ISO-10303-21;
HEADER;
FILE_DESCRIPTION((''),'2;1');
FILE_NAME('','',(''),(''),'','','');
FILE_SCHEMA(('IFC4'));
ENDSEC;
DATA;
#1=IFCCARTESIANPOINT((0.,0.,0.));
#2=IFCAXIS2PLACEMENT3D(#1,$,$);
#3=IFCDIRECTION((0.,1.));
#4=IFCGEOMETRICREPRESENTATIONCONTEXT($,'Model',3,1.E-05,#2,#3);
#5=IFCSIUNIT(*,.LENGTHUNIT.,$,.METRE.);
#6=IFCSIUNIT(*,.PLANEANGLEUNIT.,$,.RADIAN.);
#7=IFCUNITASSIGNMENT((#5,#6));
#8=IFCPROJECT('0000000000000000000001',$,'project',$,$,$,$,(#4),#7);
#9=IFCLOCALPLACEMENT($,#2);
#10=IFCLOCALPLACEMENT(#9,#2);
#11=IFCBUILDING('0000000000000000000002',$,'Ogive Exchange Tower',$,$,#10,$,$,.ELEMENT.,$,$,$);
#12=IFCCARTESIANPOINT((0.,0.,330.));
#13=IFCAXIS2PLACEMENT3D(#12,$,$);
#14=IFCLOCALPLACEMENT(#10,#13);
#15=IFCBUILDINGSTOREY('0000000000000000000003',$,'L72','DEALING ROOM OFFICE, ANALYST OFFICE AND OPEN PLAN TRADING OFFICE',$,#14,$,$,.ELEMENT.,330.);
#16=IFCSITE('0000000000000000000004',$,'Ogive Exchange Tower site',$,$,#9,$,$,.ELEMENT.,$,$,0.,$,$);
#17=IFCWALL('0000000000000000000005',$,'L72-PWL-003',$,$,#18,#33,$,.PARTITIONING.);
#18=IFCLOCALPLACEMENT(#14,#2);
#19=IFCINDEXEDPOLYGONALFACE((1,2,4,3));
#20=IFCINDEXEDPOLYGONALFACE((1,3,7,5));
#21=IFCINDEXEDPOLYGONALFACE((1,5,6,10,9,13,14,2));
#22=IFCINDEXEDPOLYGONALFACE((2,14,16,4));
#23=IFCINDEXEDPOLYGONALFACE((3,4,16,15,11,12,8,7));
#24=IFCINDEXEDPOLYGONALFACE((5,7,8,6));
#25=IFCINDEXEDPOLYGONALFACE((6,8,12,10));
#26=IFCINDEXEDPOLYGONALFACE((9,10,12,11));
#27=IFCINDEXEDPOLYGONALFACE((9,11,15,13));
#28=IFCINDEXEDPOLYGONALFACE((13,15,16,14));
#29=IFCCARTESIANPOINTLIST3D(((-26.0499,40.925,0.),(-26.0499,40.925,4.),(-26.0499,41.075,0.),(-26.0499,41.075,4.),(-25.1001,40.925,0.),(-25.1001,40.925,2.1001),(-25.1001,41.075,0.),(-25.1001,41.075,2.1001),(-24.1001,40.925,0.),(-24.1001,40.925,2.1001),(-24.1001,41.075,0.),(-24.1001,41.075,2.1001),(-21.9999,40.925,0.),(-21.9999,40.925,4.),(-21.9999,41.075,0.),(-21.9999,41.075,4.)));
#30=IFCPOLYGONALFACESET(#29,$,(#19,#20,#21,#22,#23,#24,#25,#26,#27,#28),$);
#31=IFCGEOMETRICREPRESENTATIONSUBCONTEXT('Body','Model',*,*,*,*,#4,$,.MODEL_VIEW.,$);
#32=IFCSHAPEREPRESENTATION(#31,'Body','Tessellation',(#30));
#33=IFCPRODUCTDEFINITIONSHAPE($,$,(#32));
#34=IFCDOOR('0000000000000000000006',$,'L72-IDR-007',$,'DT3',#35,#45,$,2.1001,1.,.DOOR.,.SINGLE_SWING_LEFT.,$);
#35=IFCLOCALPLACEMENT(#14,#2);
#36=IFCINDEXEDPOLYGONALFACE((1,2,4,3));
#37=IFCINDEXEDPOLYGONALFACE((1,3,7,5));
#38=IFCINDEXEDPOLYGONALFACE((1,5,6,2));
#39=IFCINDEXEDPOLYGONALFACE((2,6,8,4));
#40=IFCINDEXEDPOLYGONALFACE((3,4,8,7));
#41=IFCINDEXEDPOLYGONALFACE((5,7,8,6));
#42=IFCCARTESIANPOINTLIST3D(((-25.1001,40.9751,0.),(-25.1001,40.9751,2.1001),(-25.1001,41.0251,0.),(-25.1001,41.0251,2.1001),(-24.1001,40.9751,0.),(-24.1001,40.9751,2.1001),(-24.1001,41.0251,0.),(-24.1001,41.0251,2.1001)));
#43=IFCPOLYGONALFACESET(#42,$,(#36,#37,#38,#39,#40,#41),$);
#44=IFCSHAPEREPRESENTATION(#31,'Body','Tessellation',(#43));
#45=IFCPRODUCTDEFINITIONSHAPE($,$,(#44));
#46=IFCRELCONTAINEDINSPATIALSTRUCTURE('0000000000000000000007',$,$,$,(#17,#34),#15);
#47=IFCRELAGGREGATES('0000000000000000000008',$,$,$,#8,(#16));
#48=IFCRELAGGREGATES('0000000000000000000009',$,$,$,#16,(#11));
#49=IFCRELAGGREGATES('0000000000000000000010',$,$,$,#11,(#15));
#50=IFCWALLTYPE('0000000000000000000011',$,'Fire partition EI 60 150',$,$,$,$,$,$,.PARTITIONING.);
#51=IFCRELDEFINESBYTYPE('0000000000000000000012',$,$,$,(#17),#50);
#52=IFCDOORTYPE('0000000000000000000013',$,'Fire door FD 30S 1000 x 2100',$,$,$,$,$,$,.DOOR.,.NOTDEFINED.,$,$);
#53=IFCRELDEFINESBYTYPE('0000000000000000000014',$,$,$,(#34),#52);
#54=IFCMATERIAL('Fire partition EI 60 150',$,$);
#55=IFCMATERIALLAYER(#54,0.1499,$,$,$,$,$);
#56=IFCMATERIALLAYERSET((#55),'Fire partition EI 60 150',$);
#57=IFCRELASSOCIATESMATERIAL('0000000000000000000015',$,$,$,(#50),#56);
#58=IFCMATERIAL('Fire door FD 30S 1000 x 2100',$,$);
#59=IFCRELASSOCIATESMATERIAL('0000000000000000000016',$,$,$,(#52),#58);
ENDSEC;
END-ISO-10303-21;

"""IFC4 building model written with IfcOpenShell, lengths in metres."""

from ifc_helpers import new_model, si_unit, direction, frame, frame_2d, origin, place, context, subcontext, project, spatial, rectangle, extrude, material, layer, layer_set, type_object, element, fill, save


model = new_model("IFC4")

# Units and contexts
model_context = context("Model", 3, precision=1e-05, world=origin(), true_north=direction((0.0, 1.0)))
body_context = subcontext(model_context, "Body", "Model", "MODEL_VIEW")
ifc_project = project(units=[si_unit("LENGTHUNIT", "METRE"), si_unit("PLANEANGLEUNIT", "RADIAN")], contexts=[model_context])

# Site, building, storey
site_placement = place(None, origin())
site = spatial("IfcSite", under=ifc_project, at=site_placement, Name="Ogive Exchange Tower site", CompositionType="ELEMENT", RefElevation=0.0)
building_placement = place(site_placement, origin())
building = spatial("IfcBuilding", under=site, at=building_placement, Name="Ogive Exchange Tower", CompositionType="ELEMENT")
storey_placement = place(building_placement, frame((0.0, 0.0, 330.0)))
storey = spatial("IfcBuildingStorey", under=building, at=storey_placement, Name="L72", Description="DEALING ROOM OFFICE, ANALYST OFFICE AND OPEN PLAN TRADING OFFICE", CompositionType="ELEMENT", Elevation=330.0)

# Wall, opening, door
ifc_material_1 = material(Name="Fire partition EI 60 150")
ifc_layer_1 = layer(ifc_material_1, 0.1499)
ifc_layer_set_1 = layer_set([ifc_layer_1], Name="Fire partition EI 60 150")
wall_type_1 = type_object("IfcWallType", Name="Fire partition EI 60 150", PredefinedType="PARTITIONING", material=ifc_layer_set_1)
ifc_material_2 = material(Name="Fire door FD 30S 1000 x 2100")
door_type_1 = type_object("IfcDoorType", Name="Fire door FD 30S 1000 x 2100", OperationType="NOTDEFINED", PredefinedType="DOOR", material=ifc_material_2)
wall_1_placement = place(storey_placement, frame((-22.0, 41.0, 0.0), z_axis=(0.0, 0.0, 1.0), x_axis=(-1.0, 0.0, 0.0)))
wall_1 = element("IfcWall", 1, at=wall_1_placement, inside=storey, type_object=wall_type_1, Name="L72-PWL-003", PredefinedType="PARTITIONING", context=body_context, shape_type="SweptSolid", body=[
    extrude(rectangle(XDim=4.05, YDim=0.1499, at=frame_2d((2.0249, 0.0))), origin(), (0.0, 0.0, 1.0), 4.0),
])
opening_1_placement = place(wall_1_placement, frame((2.1001, 0.0, 0.0)))
opening_1 = element("IfcOpeningElement", 2, at=opening_1_placement, cuts=wall_1, PredefinedType="OPENING", context=body_context, shape_type="SweptSolid", body=[
    extrude(rectangle(XDim=1.0, YDim=2.1001, at=frame_2d((0.5, 1.05))), frame((0.0, 0.085, 0.0), z_axis=(0.0, -1.0, 0.0), x_axis=(1.0, 0.0, 0.0)), (0.0, 0.0, 1.0), 0.1699),
])
door_1_placement = place(opening_1_placement, origin())
door_1 = element("IfcDoor", 3, at=door_1_placement, inside=storey, type_object=door_type_1, Name="L72-IDR-007", ObjectType="DT3", OperationType="SINGLE_SWING_LEFT", OverallHeight=2.1001, OverallWidth=1.0, PredefinedType="DOOR", context=body_context, shape_type="SweptSolid", body=[
    extrude(rectangle(XDim=1.0, YDim=2.1001, at=frame_2d((0.5, 1.05))), frame((0.0, 0.0249, 0.0), z_axis=(0.0, -1.0, 0.0), x_axis=(1.0, 0.0, 0.0)), (0.0, 0.0, 1.0), 0.05),
])
fill(opening_1, door_1)

save(model, "model.ifc")
